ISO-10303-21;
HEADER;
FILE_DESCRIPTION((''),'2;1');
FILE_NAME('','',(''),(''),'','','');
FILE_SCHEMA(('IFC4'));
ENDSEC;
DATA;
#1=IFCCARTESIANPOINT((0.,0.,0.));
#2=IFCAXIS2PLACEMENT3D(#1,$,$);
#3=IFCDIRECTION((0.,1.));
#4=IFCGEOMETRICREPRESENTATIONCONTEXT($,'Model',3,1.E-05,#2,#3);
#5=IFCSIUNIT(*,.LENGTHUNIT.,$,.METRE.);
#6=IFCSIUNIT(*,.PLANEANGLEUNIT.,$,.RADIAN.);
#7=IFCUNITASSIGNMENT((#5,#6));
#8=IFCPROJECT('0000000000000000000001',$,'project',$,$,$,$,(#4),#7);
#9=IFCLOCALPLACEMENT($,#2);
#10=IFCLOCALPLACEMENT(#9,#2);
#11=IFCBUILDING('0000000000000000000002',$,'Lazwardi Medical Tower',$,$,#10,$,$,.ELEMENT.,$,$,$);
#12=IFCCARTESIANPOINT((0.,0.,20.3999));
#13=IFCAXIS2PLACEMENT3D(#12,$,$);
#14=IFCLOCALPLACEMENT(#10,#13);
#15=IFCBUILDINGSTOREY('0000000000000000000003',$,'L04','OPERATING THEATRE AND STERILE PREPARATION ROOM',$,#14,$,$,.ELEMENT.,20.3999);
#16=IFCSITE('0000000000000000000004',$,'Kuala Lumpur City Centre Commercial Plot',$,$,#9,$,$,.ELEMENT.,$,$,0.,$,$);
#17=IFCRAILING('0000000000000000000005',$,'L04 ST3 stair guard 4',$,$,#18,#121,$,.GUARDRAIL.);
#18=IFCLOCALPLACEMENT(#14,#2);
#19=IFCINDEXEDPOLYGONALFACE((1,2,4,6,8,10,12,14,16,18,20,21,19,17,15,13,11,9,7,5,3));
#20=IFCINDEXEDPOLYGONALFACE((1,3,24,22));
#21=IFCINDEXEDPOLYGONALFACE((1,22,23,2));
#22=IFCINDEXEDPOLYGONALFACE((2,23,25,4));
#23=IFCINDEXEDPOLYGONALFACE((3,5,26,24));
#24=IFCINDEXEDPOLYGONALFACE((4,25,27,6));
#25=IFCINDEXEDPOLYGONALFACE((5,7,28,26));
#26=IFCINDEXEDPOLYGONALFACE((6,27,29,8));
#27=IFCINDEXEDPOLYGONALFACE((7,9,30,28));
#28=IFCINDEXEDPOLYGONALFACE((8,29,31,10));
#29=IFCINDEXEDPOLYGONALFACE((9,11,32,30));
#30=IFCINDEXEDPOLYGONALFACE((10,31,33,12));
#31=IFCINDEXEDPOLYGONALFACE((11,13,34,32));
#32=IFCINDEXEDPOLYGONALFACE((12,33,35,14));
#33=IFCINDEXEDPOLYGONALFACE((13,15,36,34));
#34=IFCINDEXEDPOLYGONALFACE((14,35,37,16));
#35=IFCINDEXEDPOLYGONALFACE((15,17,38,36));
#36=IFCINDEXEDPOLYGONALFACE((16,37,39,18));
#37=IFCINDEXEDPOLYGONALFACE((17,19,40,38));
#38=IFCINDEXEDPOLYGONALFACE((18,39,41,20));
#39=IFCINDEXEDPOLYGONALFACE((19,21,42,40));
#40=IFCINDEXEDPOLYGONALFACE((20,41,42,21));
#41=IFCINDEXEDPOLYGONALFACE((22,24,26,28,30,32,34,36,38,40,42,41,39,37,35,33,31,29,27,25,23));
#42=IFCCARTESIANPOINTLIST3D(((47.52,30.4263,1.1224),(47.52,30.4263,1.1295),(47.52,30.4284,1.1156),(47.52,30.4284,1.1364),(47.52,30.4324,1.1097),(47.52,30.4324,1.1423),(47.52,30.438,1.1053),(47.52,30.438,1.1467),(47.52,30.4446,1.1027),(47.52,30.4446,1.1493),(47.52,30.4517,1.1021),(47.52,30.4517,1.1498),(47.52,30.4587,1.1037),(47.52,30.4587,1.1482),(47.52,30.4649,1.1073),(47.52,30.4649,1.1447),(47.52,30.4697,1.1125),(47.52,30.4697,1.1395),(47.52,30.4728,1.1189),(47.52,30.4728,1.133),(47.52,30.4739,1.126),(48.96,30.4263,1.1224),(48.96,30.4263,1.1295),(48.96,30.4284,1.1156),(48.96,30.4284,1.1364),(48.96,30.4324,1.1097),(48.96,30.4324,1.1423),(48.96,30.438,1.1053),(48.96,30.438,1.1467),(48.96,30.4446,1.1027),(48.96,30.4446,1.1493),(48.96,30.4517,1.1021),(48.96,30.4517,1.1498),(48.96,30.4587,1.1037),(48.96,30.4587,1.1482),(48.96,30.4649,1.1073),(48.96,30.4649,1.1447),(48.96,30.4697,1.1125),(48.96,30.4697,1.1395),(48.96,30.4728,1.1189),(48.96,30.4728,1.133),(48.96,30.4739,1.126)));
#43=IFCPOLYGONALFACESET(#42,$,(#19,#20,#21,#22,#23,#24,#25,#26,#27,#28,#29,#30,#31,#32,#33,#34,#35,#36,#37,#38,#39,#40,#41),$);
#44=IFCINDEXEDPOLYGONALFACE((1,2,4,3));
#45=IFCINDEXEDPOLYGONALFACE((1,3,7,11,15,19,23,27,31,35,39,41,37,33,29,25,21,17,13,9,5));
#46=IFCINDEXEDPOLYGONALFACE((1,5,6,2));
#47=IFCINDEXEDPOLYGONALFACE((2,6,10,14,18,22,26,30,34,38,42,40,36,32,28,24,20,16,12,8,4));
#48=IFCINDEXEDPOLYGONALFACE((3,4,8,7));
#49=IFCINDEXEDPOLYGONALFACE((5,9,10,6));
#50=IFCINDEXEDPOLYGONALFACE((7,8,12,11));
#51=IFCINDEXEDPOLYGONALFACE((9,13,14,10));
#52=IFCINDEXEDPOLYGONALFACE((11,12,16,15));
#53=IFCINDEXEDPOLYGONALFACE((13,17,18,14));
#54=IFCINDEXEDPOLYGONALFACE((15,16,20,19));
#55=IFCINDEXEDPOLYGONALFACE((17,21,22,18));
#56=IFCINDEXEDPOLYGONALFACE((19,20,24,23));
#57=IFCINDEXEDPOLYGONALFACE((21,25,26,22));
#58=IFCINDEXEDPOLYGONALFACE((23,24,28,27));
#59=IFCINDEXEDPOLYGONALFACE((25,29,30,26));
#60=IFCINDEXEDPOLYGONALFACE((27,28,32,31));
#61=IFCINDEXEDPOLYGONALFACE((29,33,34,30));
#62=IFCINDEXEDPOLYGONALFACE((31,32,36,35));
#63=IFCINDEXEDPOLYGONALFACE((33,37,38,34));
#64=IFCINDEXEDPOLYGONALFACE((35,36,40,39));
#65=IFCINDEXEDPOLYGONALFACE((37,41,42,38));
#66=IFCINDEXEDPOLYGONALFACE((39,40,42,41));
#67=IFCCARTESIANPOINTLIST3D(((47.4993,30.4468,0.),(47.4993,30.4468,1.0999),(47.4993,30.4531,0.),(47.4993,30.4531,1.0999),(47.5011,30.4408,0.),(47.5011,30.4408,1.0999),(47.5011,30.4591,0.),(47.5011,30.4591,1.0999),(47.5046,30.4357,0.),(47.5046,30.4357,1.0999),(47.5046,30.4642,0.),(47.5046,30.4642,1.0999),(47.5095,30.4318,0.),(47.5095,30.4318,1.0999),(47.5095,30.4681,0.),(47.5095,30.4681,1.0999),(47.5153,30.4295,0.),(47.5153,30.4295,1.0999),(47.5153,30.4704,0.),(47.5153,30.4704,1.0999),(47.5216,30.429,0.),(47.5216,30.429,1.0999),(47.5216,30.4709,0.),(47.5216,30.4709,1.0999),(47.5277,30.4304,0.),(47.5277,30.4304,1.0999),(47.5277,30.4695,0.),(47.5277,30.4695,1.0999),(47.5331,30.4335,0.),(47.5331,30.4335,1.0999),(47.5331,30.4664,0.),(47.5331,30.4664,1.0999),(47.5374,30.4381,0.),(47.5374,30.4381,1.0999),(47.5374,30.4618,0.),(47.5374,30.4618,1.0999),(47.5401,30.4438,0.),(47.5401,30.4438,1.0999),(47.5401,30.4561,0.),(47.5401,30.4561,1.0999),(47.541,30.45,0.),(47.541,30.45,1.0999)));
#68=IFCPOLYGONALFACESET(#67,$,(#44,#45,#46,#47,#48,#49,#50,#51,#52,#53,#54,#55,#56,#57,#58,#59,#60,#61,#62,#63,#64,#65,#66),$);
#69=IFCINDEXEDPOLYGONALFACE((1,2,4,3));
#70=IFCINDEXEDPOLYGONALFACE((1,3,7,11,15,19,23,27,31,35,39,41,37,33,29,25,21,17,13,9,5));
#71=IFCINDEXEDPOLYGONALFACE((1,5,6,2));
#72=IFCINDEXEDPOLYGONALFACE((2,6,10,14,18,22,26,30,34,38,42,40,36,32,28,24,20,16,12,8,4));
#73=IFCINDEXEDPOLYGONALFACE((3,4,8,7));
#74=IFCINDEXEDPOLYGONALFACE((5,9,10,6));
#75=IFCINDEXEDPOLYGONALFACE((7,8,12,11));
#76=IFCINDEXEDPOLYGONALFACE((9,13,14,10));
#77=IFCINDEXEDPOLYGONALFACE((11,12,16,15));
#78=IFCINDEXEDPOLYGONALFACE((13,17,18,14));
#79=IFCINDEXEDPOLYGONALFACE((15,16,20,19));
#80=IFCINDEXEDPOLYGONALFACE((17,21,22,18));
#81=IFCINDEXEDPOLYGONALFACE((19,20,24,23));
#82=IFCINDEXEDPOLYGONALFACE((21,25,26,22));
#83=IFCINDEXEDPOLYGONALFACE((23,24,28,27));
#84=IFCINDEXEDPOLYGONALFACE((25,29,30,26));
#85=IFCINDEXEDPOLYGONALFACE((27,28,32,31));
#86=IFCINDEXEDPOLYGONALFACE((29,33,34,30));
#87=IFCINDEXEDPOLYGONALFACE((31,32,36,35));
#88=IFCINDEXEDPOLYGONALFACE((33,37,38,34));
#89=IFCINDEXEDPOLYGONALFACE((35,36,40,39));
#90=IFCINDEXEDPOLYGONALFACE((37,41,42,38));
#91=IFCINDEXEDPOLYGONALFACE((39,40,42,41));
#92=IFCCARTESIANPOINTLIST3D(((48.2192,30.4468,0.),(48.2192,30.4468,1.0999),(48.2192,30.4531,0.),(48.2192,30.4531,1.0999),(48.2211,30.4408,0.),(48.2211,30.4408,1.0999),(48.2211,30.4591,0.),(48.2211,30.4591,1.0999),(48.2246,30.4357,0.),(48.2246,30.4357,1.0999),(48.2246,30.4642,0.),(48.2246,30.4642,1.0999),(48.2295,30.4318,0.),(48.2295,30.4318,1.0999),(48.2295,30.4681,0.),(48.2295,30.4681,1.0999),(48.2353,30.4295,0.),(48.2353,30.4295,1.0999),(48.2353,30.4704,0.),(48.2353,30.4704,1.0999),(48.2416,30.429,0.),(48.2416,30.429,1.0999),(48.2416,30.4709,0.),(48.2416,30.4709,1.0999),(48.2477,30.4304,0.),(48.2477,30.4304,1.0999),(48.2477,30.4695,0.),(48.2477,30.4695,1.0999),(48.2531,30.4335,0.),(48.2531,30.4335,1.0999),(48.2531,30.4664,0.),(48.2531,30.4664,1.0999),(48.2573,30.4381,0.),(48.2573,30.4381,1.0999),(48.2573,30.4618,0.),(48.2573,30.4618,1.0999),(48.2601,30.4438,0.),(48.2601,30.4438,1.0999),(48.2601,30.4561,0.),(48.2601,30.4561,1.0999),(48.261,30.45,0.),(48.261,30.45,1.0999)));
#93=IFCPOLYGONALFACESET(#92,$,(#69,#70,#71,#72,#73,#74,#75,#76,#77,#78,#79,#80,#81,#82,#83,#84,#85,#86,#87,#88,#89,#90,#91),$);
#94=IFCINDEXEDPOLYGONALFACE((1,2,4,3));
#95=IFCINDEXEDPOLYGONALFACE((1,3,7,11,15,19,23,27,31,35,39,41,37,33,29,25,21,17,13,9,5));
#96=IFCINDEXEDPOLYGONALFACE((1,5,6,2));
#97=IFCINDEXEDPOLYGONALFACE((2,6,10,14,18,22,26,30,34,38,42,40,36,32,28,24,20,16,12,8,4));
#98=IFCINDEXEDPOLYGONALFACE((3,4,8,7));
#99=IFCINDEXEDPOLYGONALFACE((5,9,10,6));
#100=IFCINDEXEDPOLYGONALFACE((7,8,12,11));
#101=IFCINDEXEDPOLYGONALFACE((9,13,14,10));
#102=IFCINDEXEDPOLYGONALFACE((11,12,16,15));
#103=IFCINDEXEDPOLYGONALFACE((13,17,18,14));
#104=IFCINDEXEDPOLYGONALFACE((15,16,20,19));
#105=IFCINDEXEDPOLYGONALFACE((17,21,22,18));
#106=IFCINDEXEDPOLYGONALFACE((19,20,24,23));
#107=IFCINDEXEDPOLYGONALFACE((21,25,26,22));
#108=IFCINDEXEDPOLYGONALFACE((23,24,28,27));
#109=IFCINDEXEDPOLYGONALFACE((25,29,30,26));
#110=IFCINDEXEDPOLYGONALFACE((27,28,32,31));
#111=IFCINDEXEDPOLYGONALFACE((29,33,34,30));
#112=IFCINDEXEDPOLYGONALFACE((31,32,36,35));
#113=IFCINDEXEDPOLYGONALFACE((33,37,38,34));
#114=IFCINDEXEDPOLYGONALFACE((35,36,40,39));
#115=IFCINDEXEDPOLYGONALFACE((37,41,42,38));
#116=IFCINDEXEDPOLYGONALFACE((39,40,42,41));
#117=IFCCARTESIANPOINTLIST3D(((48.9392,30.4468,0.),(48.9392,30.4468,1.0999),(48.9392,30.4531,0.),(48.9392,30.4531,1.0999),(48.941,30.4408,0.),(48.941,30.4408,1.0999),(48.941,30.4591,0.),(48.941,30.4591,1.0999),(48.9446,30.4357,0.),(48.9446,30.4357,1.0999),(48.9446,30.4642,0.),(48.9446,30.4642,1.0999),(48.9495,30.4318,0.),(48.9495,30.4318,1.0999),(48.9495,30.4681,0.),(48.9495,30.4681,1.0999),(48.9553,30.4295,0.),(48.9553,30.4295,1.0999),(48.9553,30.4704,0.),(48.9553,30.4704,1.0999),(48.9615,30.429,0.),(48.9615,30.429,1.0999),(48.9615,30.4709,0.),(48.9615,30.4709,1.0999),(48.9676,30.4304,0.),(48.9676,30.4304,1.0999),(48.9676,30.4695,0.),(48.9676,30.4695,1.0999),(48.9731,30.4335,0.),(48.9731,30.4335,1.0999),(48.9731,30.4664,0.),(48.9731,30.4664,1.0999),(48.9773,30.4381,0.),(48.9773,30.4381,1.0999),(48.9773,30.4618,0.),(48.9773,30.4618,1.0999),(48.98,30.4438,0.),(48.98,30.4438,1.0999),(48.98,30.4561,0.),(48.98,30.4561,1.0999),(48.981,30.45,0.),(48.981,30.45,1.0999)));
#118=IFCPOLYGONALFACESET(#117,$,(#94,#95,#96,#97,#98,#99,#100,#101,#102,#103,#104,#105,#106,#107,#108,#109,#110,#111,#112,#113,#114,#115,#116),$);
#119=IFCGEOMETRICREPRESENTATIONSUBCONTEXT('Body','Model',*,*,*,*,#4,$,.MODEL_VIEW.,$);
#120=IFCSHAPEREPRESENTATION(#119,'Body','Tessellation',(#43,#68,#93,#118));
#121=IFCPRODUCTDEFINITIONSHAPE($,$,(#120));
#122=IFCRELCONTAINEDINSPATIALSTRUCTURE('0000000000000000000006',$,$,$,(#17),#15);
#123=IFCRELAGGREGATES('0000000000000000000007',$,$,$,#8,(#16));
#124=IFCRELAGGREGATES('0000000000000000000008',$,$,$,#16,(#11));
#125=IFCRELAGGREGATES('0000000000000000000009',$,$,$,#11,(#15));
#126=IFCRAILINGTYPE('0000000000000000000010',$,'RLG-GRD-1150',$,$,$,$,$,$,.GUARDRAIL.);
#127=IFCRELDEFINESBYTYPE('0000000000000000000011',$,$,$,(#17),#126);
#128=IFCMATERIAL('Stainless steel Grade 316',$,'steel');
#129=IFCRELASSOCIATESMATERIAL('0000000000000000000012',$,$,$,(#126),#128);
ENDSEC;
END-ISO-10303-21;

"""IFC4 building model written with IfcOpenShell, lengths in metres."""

from ifc_helpers import new_model, si_unit, direction, frame, origin, origin_2d, place, context, subcontext, project, spatial, circle, extrude, material, type_object, element, save


model = new_model("IFC4")

# Units and contexts
model_context = context("Model", 3, precision=1e-05, world=origin(), true_north=direction((0.0, 1.0)))
body_context = subcontext(model_context, "Body", "Model", "MODEL_VIEW")
ifc_project = project(units=[si_unit("LENGTHUNIT", "METRE"), si_unit("PLANEANGLEUNIT", "RADIAN")], contexts=[model_context])

# Site, building, storey
site_placement = place(None, origin())
site = spatial("IfcSite", under=ifc_project, at=site_placement, Name="Kuala Lumpur City Centre Commercial Plot", CompositionType="ELEMENT", RefElevation=0.0)
building_placement = place(site_placement, origin())
building = spatial("IfcBuilding", under=site, at=building_placement, Name="Lazwardi Medical Tower", CompositionType="ELEMENT")
storey_placement = place(building_placement, frame((0.0, 0.0, 20.3999)))
storey = spatial("IfcBuildingStorey", under=building, at=storey_placement, Name="L04", Description="OPERATING THEATRE AND STERILE PREPARATION ROOM", CompositionType="ELEMENT", Elevation=20.3999)

# Railing
ifc_material_1 = material(Name="Stainless steel Grade 316", Category="steel")
railing_type_1 = type_object("IfcRailingType", Name="RLG-GRD-1150", PredefinedType="GUARDRAIL", material=ifc_material_1)
railing_1_placement = place(storey_placement, frame((47.52, 30.45, 0.0)))
element("IfcRailing", 1, at=railing_1_placement, inside=storey, type_object=railing_type_1, Name="L04 ST3 stair guard 4", PredefinedType="GUARDRAIL", context=body_context, shape_type="SweptSolid", body=[
    extrude(circle(Radius=0.0239, at=origin_2d()), frame((0.0, 0.0, 1.126), z_axis=(1.0, 0.0, 0.0), x_axis=(0.0, 1.0, 0.0)), (0.0, 0.0, 1.0), 1.4399),
    extrude(circle(Radius=0.021, at=origin_2d()), origin(), (0.0, 0.0, 1.0), 1.0999),
    extrude(circle(Radius=0.021, at=origin_2d()), frame((0.72, 0.0, 0.0)), (0.0, 0.0, 1.0), 1.0999),
    extrude(circle(Radius=0.021, at=origin_2d()), frame((1.4399, 0.0, 0.0)), (0.0, 0.0, 1.0), 1.0999),
])

save(model, "model.ifc")
